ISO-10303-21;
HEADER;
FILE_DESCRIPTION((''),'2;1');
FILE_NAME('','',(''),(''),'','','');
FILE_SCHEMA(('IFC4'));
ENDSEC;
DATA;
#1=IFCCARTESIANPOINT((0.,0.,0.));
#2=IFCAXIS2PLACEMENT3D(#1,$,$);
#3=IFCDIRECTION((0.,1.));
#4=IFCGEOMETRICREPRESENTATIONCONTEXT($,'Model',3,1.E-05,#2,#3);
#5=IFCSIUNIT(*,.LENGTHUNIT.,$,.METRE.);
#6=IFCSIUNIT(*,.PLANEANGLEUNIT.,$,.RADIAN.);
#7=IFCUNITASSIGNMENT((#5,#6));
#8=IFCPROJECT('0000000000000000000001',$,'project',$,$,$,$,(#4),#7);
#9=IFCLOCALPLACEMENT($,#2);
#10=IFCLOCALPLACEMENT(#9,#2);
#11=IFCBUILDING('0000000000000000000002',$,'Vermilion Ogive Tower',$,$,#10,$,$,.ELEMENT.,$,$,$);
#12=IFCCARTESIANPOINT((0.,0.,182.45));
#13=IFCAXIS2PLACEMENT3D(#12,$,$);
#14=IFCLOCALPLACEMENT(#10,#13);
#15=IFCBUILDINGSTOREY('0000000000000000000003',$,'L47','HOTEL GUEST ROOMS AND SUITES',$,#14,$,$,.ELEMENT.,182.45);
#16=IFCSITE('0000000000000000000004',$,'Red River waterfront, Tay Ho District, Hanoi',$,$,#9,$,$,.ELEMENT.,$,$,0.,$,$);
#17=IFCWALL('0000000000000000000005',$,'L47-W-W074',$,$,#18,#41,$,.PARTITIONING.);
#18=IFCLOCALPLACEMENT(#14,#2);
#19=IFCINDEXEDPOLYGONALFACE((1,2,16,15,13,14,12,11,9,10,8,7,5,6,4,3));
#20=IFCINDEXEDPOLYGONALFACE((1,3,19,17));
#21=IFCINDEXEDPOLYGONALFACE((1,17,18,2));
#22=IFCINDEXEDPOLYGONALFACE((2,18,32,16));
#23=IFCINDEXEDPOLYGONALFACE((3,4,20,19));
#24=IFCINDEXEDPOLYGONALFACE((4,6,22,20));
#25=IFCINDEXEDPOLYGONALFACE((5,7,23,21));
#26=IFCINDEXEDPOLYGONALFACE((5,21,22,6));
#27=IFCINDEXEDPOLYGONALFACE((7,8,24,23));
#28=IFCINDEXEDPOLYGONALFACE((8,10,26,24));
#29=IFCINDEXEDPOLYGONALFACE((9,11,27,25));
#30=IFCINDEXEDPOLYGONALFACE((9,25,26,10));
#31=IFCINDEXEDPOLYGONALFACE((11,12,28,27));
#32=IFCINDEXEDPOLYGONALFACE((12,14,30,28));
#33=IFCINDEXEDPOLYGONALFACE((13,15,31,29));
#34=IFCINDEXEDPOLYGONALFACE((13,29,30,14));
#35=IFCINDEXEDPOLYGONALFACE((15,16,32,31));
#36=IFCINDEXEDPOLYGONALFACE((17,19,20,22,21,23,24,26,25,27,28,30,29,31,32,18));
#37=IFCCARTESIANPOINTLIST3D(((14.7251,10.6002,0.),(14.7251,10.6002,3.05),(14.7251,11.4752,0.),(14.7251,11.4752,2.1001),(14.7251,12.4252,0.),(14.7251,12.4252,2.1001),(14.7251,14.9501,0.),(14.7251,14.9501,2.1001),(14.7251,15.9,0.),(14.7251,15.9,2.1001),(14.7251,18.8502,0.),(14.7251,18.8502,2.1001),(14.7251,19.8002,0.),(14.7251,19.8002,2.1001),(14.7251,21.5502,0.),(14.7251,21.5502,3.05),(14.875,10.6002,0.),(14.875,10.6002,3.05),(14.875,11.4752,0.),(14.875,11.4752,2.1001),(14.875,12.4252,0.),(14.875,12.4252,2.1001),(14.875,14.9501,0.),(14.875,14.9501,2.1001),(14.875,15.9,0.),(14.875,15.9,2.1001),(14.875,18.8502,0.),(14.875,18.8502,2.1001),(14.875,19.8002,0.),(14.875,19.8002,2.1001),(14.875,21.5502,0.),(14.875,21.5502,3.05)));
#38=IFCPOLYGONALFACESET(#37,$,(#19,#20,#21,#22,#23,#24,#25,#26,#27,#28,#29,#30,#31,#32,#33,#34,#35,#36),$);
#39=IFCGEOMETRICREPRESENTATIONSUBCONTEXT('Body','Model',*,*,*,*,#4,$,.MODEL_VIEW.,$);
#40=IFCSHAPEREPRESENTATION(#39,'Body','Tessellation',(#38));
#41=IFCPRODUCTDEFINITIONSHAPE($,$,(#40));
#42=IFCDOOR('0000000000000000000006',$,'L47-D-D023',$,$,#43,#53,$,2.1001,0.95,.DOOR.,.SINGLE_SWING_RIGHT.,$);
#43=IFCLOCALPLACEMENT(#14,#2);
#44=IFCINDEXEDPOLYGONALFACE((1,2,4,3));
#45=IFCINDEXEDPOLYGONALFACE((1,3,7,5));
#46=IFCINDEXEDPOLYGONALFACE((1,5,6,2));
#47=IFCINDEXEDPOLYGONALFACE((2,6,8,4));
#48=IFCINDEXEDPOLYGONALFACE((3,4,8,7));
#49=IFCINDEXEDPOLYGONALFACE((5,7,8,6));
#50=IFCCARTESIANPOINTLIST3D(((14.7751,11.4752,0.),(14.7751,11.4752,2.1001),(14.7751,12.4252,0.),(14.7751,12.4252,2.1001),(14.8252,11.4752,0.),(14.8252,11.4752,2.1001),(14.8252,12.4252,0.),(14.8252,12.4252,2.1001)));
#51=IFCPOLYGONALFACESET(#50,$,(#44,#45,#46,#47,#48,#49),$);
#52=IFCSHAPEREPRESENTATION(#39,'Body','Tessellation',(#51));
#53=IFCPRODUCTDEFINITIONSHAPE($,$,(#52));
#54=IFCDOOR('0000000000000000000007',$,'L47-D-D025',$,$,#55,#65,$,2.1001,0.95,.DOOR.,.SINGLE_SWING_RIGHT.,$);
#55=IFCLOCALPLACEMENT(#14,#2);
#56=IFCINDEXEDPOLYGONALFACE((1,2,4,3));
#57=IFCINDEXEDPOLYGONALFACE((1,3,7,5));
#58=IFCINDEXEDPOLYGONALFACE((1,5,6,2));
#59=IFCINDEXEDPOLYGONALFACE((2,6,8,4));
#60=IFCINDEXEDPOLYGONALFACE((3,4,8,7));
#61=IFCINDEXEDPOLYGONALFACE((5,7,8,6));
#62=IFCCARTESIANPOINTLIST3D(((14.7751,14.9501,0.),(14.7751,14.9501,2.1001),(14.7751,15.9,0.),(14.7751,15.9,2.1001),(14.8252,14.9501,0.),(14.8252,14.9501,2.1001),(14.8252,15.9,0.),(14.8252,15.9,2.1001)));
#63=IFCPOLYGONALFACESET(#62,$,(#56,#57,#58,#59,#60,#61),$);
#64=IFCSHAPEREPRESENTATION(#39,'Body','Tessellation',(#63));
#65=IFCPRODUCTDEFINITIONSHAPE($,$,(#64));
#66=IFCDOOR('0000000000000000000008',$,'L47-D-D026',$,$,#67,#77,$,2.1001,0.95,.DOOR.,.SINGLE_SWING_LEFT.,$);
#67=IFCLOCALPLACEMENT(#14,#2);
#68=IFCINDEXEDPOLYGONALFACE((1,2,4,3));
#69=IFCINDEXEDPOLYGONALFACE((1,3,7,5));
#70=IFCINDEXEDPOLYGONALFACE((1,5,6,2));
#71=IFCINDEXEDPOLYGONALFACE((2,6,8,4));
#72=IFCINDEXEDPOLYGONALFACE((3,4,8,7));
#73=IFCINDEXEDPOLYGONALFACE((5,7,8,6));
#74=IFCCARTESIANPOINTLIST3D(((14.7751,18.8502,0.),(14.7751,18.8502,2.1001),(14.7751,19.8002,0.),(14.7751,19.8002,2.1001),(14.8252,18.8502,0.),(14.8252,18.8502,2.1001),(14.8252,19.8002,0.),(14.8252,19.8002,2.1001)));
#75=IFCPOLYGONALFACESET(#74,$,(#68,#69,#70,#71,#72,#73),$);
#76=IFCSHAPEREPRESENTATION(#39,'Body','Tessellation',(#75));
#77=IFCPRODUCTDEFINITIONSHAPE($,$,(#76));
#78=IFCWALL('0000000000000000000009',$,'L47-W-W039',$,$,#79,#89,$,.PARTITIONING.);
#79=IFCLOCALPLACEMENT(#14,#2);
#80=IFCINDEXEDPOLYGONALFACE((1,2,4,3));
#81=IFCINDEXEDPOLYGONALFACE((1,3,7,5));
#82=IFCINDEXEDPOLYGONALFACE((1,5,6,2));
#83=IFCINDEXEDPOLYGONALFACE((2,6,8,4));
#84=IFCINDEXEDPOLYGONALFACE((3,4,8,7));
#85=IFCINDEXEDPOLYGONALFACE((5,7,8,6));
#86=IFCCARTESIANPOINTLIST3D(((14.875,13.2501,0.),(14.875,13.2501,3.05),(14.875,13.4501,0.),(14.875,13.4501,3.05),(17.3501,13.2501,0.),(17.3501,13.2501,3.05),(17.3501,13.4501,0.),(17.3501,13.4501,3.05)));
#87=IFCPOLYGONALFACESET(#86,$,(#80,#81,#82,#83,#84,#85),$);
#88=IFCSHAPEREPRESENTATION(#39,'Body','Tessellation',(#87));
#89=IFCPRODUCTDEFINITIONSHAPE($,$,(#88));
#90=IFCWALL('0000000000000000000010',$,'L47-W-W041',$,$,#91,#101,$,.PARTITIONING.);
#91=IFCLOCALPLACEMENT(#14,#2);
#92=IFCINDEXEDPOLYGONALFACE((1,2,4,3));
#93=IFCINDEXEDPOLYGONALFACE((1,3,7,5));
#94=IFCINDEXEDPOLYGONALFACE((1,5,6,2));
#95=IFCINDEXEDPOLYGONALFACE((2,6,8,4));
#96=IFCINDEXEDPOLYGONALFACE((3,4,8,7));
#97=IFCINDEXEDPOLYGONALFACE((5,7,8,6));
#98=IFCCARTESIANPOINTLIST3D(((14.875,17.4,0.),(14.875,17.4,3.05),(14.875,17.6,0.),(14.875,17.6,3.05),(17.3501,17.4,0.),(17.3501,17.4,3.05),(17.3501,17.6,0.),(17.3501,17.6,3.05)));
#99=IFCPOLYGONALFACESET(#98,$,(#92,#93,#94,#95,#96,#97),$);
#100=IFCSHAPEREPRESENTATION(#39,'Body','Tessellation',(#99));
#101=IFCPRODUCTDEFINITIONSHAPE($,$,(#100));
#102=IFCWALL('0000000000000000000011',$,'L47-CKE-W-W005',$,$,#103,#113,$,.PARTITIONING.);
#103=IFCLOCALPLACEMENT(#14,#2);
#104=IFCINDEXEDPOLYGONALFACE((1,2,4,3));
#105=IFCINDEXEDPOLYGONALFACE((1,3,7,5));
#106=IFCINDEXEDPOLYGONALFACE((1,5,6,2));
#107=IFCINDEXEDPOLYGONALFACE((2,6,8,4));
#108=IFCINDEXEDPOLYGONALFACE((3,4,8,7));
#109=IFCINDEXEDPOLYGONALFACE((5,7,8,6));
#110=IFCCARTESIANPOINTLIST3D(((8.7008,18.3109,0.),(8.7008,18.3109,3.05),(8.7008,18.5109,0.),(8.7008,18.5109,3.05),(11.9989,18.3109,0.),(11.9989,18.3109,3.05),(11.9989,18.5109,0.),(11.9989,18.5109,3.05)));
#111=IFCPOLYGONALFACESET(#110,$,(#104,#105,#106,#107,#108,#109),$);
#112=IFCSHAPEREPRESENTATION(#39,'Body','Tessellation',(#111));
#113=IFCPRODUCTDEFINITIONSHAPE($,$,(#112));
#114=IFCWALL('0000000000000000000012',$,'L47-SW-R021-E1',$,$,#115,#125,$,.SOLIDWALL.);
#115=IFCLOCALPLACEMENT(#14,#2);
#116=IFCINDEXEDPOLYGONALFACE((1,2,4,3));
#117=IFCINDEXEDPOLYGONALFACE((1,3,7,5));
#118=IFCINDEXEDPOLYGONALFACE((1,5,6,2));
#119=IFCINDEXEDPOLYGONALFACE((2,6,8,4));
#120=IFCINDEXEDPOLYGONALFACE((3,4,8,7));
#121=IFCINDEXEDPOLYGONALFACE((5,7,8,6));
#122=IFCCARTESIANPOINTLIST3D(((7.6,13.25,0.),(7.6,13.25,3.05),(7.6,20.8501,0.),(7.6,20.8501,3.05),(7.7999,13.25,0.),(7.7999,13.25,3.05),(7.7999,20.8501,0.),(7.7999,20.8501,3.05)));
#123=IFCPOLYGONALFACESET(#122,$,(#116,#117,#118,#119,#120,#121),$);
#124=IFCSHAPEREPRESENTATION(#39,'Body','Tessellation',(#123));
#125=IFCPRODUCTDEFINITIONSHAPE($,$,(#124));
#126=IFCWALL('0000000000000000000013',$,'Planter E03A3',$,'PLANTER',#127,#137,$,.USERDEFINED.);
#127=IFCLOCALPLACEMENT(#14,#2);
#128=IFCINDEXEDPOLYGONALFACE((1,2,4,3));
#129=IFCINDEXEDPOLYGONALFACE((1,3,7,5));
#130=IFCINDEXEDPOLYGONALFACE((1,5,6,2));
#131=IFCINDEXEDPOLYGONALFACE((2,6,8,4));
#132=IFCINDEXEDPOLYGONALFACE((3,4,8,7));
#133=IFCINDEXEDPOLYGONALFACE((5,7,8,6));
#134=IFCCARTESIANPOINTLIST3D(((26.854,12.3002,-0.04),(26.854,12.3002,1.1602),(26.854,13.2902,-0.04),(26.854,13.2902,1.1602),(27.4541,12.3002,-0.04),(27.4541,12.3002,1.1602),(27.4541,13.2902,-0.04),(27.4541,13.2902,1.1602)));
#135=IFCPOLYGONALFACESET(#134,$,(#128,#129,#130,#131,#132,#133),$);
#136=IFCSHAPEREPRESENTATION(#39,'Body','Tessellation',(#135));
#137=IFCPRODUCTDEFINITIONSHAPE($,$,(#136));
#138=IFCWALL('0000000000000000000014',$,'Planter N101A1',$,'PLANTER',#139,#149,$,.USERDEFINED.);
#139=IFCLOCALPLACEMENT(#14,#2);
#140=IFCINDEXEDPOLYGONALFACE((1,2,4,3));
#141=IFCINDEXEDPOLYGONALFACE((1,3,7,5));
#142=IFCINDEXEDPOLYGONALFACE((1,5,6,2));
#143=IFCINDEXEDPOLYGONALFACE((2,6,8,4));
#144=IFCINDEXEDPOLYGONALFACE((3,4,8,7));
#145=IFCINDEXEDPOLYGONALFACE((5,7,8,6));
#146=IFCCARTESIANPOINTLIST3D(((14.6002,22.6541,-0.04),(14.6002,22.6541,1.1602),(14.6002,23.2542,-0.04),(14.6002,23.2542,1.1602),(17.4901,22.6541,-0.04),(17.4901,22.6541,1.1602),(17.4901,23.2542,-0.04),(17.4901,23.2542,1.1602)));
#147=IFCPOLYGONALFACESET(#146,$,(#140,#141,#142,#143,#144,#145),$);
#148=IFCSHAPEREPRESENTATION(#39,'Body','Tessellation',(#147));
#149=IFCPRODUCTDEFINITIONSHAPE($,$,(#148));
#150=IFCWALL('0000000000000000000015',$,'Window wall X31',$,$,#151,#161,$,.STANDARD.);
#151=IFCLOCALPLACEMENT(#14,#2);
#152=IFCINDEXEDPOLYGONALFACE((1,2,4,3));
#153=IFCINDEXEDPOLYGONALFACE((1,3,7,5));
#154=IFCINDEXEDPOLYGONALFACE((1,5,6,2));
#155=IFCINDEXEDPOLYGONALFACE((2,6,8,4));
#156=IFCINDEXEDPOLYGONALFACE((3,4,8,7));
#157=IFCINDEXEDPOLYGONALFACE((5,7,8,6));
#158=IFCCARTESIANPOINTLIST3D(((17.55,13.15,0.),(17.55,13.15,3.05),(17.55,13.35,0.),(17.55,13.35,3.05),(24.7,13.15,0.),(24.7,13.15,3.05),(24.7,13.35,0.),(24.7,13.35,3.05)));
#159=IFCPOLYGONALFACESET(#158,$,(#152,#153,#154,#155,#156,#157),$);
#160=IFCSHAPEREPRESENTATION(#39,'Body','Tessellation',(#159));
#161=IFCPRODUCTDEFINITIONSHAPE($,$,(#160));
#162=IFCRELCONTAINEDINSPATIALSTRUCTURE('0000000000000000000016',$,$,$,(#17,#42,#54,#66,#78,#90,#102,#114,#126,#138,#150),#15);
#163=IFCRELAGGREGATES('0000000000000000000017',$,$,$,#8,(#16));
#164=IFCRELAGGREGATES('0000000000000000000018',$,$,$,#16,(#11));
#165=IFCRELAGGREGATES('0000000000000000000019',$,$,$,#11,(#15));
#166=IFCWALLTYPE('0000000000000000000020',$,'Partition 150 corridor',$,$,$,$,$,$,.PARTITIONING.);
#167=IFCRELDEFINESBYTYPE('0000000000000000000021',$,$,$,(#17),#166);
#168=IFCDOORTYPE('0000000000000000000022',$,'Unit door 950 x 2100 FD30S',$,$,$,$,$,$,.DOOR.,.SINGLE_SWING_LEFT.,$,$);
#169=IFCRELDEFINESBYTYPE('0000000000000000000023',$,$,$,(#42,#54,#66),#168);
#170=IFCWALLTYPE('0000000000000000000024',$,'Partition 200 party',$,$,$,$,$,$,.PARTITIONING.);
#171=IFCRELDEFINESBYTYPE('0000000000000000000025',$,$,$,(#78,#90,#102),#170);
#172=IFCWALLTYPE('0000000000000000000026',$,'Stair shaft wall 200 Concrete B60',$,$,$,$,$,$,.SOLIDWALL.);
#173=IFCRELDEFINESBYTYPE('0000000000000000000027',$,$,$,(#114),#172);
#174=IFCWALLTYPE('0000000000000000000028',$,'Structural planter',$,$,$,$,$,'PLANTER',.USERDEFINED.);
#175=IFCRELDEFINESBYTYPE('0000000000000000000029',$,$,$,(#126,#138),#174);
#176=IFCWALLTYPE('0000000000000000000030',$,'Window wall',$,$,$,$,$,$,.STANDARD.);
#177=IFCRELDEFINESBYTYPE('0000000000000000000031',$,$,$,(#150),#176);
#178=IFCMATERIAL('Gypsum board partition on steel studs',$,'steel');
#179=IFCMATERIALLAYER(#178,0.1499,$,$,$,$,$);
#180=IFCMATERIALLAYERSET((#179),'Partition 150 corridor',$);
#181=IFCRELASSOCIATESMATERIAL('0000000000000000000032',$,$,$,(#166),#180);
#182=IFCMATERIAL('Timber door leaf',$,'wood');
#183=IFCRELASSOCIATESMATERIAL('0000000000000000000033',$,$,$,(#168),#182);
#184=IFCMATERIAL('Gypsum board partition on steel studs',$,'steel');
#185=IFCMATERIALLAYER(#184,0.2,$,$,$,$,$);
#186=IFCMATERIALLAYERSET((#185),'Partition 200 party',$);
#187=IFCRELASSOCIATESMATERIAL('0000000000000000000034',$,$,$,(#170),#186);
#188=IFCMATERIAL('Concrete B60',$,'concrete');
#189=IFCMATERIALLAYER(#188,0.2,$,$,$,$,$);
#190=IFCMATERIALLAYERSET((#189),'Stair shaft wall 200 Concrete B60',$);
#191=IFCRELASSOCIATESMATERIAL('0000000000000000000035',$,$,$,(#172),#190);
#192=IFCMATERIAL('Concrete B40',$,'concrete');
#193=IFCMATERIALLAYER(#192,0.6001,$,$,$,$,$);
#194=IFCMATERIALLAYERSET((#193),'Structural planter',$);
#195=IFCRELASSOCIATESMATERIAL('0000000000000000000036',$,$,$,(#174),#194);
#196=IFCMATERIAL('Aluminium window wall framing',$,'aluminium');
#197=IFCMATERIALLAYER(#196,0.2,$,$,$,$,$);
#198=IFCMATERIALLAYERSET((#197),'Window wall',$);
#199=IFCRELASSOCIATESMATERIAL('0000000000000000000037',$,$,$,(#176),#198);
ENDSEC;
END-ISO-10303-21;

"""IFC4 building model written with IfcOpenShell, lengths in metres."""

from ifc_helpers import new_model, si_unit, direction, frame, frame_2d, origin, place, context, subcontext, project, spatial, rectangle, extrude, material, layer, layer_set, type_object, element, fill, save


model = new_model("IFC4")

# Units and contexts
model_context = context("Model", 3, precision=1e-05, world=origin(), true_north=direction((0.0, 1.0)))
body_context = subcontext(model_context, "Body", "Model", "MODEL_VIEW")
ifc_project = project(units=[si_unit("LENGTHUNIT", "METRE"), si_unit("PLANEANGLEUNIT", "RADIAN")], contexts=[model_context])

# Site, building, storey
site_placement = place(None, origin())
site = spatial("IfcSite", under=ifc_project, at=site_placement, Name="Red River waterfront, Tay Ho District, Hanoi", CompositionType="ELEMENT", RefElevation=0.0)
building_placement = place(site_placement, origin())
building = spatial("IfcBuilding", under=site, at=building_placement, Name="Vermilion Ogive Tower", CompositionType="ELEMENT")
storey_placement = place(building_placement, frame((0.0, 0.0, 182.45)))
storey = spatial("IfcBuildingStorey", under=building, at=storey_placement, Name="L47", Description="HOTEL GUEST ROOMS AND SUITES", CompositionType="ELEMENT", Elevation=182.45)

# Wall, openings, doors
ifc_material_1 = material(Name="Gypsum board partition on steel studs", Category="steel")
ifc_layer_1 = layer(ifc_material_1, 0.1499)
ifc_layer_set_1 = layer_set([ifc_layer_1], Name="Partition 150 corridor")
wall_type_1 = type_object("IfcWallType", Name="Partition 150 corridor", PredefinedType="PARTITIONING", material=ifc_layer_set_1)
wall_1_placement = place(storey_placement, frame((14.8, 10.6001, 0.0), z_axis=(0.0, 0.0, 1.0), x_axis=(0.0, 1.0, 0.0)))
wall_1 = element("IfcWall", 1, at=wall_1_placement, inside=storey, type_object=wall_type_1, Name="L47-W-W074", PredefinedType="PARTITIONING", context=body_context, shape_type="SweptSolid", body=[
    extrude(rectangle(XDim=10.95, YDim=0.1499, at=frame_2d((5.4751, 0.0))), origin(), (0.0, 0.0, 1.0), 3.05),
])
opening_1_placement = place(wall_1_placement, frame((0.875, 0.0, 0.0)))
opening_1 = element("IfcOpeningElement", 2, at=opening_1_placement, cuts=wall_1, PredefinedType="OPENING", context=body_context, shape_type="SweptSolid", body=[
    extrude(rectangle(XDim=0.95, YDim=2.1001, at=frame_2d((0.4751, 1.05))), frame((0.0, 0.085, 0.0), z_axis=(0.0, -1.0, 0.0), x_axis=(1.0, 0.0, 0.0)), (0.0, 0.0, 1.0), 0.1699),
])
opening_2_placement = place(wall_1_placement, frame((4.3499, 0.0, 0.0)))
opening_2 = element("IfcOpeningElement", 3, at=opening_2_placement, cuts=wall_1, PredefinedType="OPENING", context=body_context, shape_type="SweptSolid", body=[
    extrude(rectangle(XDim=0.95, YDim=2.1001, at=frame_2d((0.4751, 1.05))), frame((0.0, 0.085, 0.0), z_axis=(0.0, -1.0, 0.0), x_axis=(1.0, 0.0, 0.0)), (0.0, 0.0, 1.0), 0.1699),
])
opening_3_placement = place(wall_1_placement, frame((8.25, 0.0, 0.0)))
opening_3 = element("IfcOpeningElement", 4, at=opening_3_placement, cuts=wall_1, PredefinedType="OPENING", context=body_context, shape_type="SweptSolid", body=[
    extrude(rectangle(XDim=0.95, YDim=2.1001, at=frame_2d((0.4751, 1.05))), frame((0.0, 0.085, 0.0), z_axis=(0.0, -1.0, 0.0), x_axis=(1.0, 0.0, 0.0)), (0.0, 0.0, 1.0), 0.1699),
])
ifc_material_2 = material(Name="Timber door leaf", Category="wood")
door_type_1 = type_object("IfcDoorType", Name="Unit door 950 x 2100 FD30S", OperationType="SINGLE_SWING_LEFT", PredefinedType="DOOR", material=ifc_material_2)
door_1_placement = place(opening_1_placement, origin())
door_1 = element("IfcDoor", 5, at=door_1_placement, inside=storey, type_object=door_type_1, Name="L47-D-D023", OperationType="SINGLE_SWING_RIGHT", OverallHeight=2.1001, OverallWidth=0.95, PredefinedType="DOOR", context=body_context, shape_type="SweptSolid", body=[
    extrude(rectangle(XDim=0.95, YDim=2.1001, at=frame_2d((0.4751, 1.05))), frame((0.0, 0.0249, 0.0), z_axis=(0.0, -1.0, 0.0), x_axis=(1.0, 0.0, 0.0)), (0.0, 0.0, 1.0), 0.05),
])
fill(opening_1, door_1)
door_2_placement = place(opening_2_placement, origin())
door_2 = element("IfcDoor", 6, at=door_2_placement, inside=storey, type_object=door_type_1, Name="L47-D-D025", OperationType="SINGLE_SWING_RIGHT", OverallHeight=2.1001, OverallWidth=0.95, PredefinedType="DOOR", context=body_context, shape_type="SweptSolid", body=[
    extrude(rectangle(XDim=0.95, YDim=2.1001, at=frame_2d((0.4751, 1.05))), frame((0.0, 0.0249, 0.0), z_axis=(0.0, -1.0, 0.0), x_axis=(1.0, 0.0, 0.0)), (0.0, 0.0, 1.0), 0.05),
])
fill(opening_2, door_2)
door_3_placement = place(opening_3_placement, origin())
door_3 = element("IfcDoor", 7, at=door_3_placement, inside=storey, type_object=door_type_1, Name="L47-D-D026", OperationType="SINGLE_SWING_LEFT", OverallHeight=2.1001, OverallWidth=0.95, PredefinedType="DOOR", context=body_context, shape_type="SweptSolid", body=[
    extrude(rectangle(XDim=0.95, YDim=2.1001, at=frame_2d((0.4751, 1.05))), frame((0.0, 0.0249, 0.0), z_axis=(0.0, -1.0, 0.0), x_axis=(1.0, 0.0, 0.0)), (0.0, 0.0, 1.0), 0.05),
])
fill(opening_3, door_3)

# Walls
ifc_material_3 = material(Name="Gypsum board partition on steel studs", Category="steel")
ifc_layer_2 = layer(ifc_material_3, 0.2)
ifc_layer_set_2 = layer_set([ifc_layer_2], Name="Partition 200 party")
wall_type_2 = type_object("IfcWallType", Name="Partition 200 party", PredefinedType="PARTITIONING", material=ifc_layer_set_2)
for number, where, z_axis, x_axis, name in (
    (8, (14.875, 13.3501, 0.0), (0.0, 0.0, 1.0), (1.0, 0.0, 0.0), "L47-W-W039"),
    (9, (14.875, 17.5, 0.0), (0.0, 0.0, 1.0), (1.0, 0.0, 0.0), "L47-W-W041"),
):
    element("IfcWall", number, at=place(storey_placement, frame(where, z_axis=z_axis, x_axis=x_axis)), inside=storey, type_object=wall_type_2, Name=name, PredefinedType="PARTITIONING", context=body_context, shape_type="SweptSolid", body=[
        extrude(rectangle(XDim=2.4751, YDim=0.2, at=frame_2d((1.2375, 0.0))), origin(), (0.0, 0.0, 1.0), 3.05),
    ])
wall_2_placement = place(storey_placement, frame((8.7009, 18.4109, 0.0), z_axis=(0.0, 0.0, 1.0), x_axis=(1.0, 0.0, 0.0)))
element("IfcWall", 10, at=wall_2_placement, inside=storey, type_object=wall_type_2, Name="L47-CKE-W-W005", PredefinedType="PARTITIONING", context=body_context, shape_type="SweptSolid", body=[
    extrude(rectangle(XDim=3.2981, YDim=0.2, at=frame_2d((1.6489, 0.0))), origin(), (0.0, 0.0, 1.0), 3.05),
])
ifc_material_4 = material(Name="Concrete B60", Category="concrete")
ifc_layer_3 = layer(ifc_material_4, 0.2)
ifc_layer_set_3 = layer_set([ifc_layer_3], Name="Stair shaft wall 200 Concrete B60")
wall_type_3 = type_object("IfcWallType", Name="Stair shaft wall 200 Concrete B60", PredefinedType="SOLIDWALL", material=ifc_layer_set_3)
wall_3_placement = place(storey_placement, frame((7.7, 13.25, 0.0), z_axis=(0.0, 0.0, 1.0), x_axis=(0.0, 1.0, 0.0)))
element("IfcWall", 11, at=wall_3_placement, inside=storey, type_object=wall_type_3, Name="L47-SW-R021-E1", PredefinedType="SOLIDWALL", context=body_context, shape_type="SweptSolid", body=[
    extrude(rectangle(XDim=7.6001, YDim=0.2, at=frame_2d((3.8, 0.0))), origin(), (0.0, 0.0, 1.0), 3.05),
])
ifc_material_5 = material(Name="Concrete B40", Category="concrete")
ifc_layer_4 = layer(ifc_material_5, 0.6001)
ifc_layer_set_4 = layer_set([ifc_layer_4], Name="Structural planter")
wall_type_4 = type_object("IfcWallType", Name="Structural planter", ElementType="PLANTER", PredefinedType="USERDEFINED", material=ifc_layer_set_4)
wall_4_placement = place(storey_placement, frame((27.1541, 12.3, -0.04), z_axis=(0.0, 0.0, 1.0), x_axis=(0.0, 1.0, 0.0)))
element("IfcWall", 12, at=wall_4_placement, inside=storey, type_object=wall_type_4, Name="Planter E03A3", ObjectType="PLANTER", PredefinedType="USERDEFINED", context=body_context, shape_type="SweptSolid", body=[
    extrude(rectangle(XDim=0.99, YDim=0.6001, at=frame_2d((0.4951, 0.0))), origin(), (0.0, 0.0, 1.0), 1.2002),
])
wall_5_placement = place(storey_placement, frame((17.49, 22.9541, -0.04), z_axis=(0.0, 0.0, 1.0), x_axis=(-1.0, 0.0, 0.0)))
element("IfcWall", 13, at=wall_5_placement, inside=storey, type_object=wall_type_4, Name="Planter N101A1", ObjectType="PLANTER", PredefinedType="USERDEFINED", context=body_context, shape_type="SweptSolid", body=[
    extrude(rectangle(XDim=2.8899, YDim=0.6001, at=frame_2d((1.4448, 0.0))), origin(), (0.0, 0.0, 1.0), 1.2002),
])
ifc_material_6 = material(Name="Aluminium window wall framing", Category="aluminium")
ifc_layer_5 = layer(ifc_material_6, 0.2)
ifc_layer_set_5 = layer_set([ifc_layer_5], Name="Window wall")
wall_type_5 = type_object("IfcWallType", Name="Window wall", PredefinedType="STANDARD", material=ifc_layer_set_5)
wall_6_placement = place(storey_placement, frame((24.7, 13.25, 0.0), z_axis=(0.0, 0.0, 1.0), x_axis=(-1.0, 0.0, 0.0)))
element("IfcWall", 14, at=wall_6_placement, inside=storey, type_object=wall_type_5, Name="Window wall X31", PredefinedType="STANDARD", context=body_context, shape_type="SweptSolid", body=[
    extrude(rectangle(XDim=7.1499, YDim=0.2, at=frame_2d((3.575, 0.0))), origin(), (0.0, 0.0, 1.0), 3.05),
])

save(model, "model.ifc")
